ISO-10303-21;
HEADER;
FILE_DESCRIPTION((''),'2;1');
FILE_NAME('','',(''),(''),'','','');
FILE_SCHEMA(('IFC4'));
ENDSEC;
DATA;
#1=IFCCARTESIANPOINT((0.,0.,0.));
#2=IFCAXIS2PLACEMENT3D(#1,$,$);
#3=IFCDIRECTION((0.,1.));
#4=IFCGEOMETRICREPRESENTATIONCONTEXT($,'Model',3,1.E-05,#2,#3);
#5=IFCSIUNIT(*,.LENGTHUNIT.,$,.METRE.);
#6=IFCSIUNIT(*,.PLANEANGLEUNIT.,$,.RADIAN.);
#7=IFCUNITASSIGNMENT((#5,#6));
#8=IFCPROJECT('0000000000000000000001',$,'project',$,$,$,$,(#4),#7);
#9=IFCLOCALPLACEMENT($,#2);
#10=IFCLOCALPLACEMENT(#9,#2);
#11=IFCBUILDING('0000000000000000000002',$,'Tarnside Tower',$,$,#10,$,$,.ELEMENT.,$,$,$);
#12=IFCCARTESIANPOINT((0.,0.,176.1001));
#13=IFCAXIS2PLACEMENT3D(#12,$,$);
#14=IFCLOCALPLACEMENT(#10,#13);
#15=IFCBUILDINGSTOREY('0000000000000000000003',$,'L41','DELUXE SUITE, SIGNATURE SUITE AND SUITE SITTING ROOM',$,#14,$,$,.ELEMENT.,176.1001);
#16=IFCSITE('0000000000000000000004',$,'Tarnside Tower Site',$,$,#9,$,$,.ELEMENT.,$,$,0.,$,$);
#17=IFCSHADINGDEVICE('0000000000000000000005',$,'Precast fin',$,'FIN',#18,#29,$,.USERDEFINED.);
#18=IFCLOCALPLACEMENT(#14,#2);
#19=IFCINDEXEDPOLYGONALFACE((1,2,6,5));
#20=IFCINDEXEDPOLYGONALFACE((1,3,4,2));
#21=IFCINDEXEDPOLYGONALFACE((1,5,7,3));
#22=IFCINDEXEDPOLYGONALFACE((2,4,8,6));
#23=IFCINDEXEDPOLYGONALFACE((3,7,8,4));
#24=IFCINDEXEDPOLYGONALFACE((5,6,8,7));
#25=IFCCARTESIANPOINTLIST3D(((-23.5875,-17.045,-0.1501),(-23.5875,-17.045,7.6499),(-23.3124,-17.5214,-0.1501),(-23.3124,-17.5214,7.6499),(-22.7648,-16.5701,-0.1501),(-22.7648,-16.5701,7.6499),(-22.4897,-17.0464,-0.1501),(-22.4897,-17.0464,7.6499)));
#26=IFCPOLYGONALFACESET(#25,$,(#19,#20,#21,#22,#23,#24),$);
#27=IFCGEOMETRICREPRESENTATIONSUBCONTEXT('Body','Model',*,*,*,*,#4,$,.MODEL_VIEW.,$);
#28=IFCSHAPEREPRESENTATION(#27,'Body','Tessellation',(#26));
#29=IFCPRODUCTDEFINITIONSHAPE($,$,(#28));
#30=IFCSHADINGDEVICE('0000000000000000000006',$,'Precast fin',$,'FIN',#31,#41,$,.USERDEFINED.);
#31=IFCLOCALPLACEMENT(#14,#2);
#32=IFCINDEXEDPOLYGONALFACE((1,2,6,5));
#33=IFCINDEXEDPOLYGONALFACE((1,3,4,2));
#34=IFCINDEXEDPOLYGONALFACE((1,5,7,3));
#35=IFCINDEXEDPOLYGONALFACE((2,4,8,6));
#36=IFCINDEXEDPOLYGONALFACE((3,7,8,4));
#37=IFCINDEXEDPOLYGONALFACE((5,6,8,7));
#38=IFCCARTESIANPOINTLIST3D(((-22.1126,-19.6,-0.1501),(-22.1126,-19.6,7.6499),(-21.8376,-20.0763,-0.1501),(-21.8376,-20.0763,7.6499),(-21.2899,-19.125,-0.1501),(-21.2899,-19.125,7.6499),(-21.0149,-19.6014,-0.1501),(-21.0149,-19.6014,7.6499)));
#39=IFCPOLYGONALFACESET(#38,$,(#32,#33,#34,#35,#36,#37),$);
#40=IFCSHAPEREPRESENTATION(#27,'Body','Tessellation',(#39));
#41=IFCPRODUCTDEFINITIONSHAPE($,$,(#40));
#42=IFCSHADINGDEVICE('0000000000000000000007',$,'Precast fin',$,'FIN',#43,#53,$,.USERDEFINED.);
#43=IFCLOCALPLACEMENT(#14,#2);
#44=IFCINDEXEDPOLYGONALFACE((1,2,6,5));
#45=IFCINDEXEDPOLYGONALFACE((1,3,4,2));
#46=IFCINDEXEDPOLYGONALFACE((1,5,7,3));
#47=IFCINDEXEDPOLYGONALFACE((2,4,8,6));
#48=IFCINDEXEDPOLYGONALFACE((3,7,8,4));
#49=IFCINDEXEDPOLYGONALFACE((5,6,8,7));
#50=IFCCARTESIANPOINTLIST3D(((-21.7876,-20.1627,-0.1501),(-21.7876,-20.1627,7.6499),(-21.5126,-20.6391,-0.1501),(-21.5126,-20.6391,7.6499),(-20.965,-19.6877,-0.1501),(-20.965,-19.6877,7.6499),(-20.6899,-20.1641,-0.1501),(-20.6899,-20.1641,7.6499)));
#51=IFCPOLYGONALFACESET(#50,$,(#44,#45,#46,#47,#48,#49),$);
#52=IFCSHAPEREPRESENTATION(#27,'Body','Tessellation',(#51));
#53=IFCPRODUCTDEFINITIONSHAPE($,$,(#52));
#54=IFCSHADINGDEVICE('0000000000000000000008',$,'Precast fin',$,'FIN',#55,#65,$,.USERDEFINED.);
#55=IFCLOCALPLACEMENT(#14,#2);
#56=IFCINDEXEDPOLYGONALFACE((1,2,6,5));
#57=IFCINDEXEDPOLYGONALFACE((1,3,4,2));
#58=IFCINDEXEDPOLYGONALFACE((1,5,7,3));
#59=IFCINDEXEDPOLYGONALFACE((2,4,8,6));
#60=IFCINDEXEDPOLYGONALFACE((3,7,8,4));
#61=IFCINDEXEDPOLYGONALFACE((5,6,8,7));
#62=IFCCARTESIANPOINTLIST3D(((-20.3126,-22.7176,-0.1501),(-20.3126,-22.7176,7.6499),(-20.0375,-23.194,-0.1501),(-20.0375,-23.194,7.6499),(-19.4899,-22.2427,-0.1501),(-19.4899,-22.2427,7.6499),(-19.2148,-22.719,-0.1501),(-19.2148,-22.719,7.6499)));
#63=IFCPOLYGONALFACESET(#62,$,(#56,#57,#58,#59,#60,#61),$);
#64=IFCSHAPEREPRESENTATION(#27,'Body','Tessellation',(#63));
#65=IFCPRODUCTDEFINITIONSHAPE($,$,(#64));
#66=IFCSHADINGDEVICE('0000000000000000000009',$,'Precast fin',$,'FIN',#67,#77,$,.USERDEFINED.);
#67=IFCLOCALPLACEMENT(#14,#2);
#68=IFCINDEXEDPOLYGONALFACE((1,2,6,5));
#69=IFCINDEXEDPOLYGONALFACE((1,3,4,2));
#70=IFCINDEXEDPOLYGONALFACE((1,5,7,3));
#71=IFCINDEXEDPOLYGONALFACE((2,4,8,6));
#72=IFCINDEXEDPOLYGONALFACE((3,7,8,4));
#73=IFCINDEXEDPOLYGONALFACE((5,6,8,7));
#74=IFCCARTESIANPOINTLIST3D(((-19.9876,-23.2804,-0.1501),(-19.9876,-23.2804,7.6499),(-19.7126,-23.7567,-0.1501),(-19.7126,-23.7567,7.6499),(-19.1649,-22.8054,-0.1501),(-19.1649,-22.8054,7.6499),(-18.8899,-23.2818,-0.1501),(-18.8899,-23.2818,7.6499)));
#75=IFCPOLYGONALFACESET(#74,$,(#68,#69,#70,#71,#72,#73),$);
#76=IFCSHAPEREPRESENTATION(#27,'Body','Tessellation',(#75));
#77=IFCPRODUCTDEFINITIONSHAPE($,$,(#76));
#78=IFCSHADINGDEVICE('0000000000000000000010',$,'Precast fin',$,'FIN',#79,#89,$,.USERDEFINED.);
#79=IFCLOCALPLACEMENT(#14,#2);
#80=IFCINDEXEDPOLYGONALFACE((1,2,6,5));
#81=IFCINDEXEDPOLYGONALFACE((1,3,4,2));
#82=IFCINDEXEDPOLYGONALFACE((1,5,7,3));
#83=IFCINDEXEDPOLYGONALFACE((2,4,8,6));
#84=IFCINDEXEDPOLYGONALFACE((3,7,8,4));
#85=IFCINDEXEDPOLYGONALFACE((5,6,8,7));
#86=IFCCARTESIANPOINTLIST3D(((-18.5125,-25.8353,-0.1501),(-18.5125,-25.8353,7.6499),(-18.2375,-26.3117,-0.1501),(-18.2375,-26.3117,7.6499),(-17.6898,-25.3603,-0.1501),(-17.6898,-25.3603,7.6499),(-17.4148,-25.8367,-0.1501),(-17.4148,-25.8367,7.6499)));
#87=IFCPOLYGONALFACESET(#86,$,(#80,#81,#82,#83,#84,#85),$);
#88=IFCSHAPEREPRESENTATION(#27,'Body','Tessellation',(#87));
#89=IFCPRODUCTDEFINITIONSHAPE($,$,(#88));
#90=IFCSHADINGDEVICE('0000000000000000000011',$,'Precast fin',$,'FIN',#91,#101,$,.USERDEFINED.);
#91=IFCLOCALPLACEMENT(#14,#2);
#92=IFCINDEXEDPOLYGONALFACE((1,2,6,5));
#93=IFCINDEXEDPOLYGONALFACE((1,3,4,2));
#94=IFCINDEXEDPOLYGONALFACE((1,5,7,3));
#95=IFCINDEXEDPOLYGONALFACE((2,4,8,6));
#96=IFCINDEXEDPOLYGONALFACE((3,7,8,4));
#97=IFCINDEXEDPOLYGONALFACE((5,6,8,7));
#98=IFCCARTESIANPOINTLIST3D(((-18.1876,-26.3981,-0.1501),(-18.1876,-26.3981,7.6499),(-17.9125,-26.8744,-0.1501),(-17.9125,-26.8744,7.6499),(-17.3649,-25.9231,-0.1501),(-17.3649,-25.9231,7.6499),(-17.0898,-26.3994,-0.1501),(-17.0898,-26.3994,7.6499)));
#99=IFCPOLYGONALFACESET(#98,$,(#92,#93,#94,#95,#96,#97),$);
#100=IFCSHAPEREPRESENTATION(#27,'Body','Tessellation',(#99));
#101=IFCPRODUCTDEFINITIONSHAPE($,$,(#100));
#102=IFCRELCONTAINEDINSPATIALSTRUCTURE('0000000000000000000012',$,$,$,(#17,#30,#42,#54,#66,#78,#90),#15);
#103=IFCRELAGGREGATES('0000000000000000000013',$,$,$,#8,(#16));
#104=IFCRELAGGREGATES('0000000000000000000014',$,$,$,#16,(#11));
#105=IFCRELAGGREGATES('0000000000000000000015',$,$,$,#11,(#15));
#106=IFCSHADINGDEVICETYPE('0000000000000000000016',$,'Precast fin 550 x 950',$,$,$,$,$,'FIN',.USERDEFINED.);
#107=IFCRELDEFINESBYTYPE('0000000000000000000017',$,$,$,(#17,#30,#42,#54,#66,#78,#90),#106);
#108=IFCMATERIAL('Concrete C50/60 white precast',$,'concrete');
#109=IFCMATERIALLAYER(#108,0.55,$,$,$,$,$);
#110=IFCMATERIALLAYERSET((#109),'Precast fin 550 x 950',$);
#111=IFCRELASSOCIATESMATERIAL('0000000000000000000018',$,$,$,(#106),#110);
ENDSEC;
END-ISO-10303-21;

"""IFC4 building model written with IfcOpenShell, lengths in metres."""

from ifc_helpers import new_model, si_unit, direction, frame, origin, place, context, subcontext, project, spatial, polyline, outline, extrude, material, layer, layer_set, type_object, element, save


model = new_model("IFC4")

# Units and contexts
model_context = context("Model", 3, precision=1e-05, world=origin(), true_north=direction((0.0, 1.0)))
body_context = subcontext(model_context, "Body", "Model", "MODEL_VIEW")
ifc_project = project(units=[si_unit("LENGTHUNIT", "METRE"), si_unit("PLANEANGLEUNIT", "RADIAN")], contexts=[model_context])

# Site, building, storey
site_placement = place(None, origin())
site = spatial("IfcSite", under=ifc_project, at=site_placement, Name="Tarnside Tower Site", CompositionType="ELEMENT", RefElevation=0.0)
building_placement = place(site_placement, origin())
building = spatial("IfcBuilding", under=site, at=building_placement, Name="Tarnside Tower", CompositionType="ELEMENT")
storey_placement = place(building_placement, frame((0.0, 0.0, 176.1001)))
storey = spatial("IfcBuildingStorey", under=building, at=storey_placement, Name="L41", Description="DELUXE SUITE, SIGNATURE SUITE AND SUITE SITTING ROOM", CompositionType="ELEMENT", Elevation=176.1001)

# Shading devices
ifc_material_1 = material(Name="Concrete C50/60 white precast", Category="concrete")
ifc_layer_1 = layer(ifc_material_1, 0.55)
ifc_layer_set_1 = layer_set([ifc_layer_1], Name="Precast fin 550 x 950")
shading_device_type_1 = type_object("IfcShadingDeviceType", Name="Precast fin 550 x 950", ElementType="FIN", PredefinedType="USERDEFINED", material=ifc_layer_set_1)
for number, where, z_axis, x_axis, name in (
    (1, (-22.6272, -16.8083, -0.1501), (-0.5, 0.866025, 0.0), (-0.866025, -0.5, 0.0), "Precast fin"),
    (2, (-21.1523, -19.3633, -0.1501), (-0.5, 0.866025, 0.0), (-0.866025, -0.5, 0.0), "Precast fin"),
    (3, (-20.8274, -19.926, -0.1501), (-0.5, 0.866025, 0.0), (-0.866025, -0.5, 0.0), "Precast fin"),
    (4, (-19.3523, -22.481, -0.1501), (-0.5, 0.866025, 0.0), (-0.866025, -0.5, 0.0), "Precast fin"),
    (5, (-19.0273, -23.0437, -0.1501), (-0.5, 0.866025, 0.0), (-0.866025, -0.5, 0.0), "Precast fin"),
    (6, (-17.5522, -25.5986, -0.1501), (-0.5, 0.866025, 0.0), (-0.866025, -0.5, 0.0), "Precast fin"),
    (7, (-17.2273, -26.1614, -0.1501), (-0.5, 0.866025, 0.0), (-0.866025, -0.5, 0.0), "Precast fin"),
):
    element("IfcShadingDevice", number, at=place(storey_placement, frame(where, z_axis=z_axis, x_axis=x_axis)), inside=storey, type_object=shading_device_type_1, Name=name, ObjectType="FIN", PredefinedType="USERDEFINED", context=body_context, shape_type="SweptSolid", body=[
        extrude(outline(polyline([(0.0, 0.0), (0.95, 0.0), (0.95, 7.8), (0.0, 7.8), (0.0, 0.0)])), frame((0.0, 0.0, -0.2749)), (0.0, 0.0, 1.0), 0.55),
    ])

save(model, "model.ifc")
